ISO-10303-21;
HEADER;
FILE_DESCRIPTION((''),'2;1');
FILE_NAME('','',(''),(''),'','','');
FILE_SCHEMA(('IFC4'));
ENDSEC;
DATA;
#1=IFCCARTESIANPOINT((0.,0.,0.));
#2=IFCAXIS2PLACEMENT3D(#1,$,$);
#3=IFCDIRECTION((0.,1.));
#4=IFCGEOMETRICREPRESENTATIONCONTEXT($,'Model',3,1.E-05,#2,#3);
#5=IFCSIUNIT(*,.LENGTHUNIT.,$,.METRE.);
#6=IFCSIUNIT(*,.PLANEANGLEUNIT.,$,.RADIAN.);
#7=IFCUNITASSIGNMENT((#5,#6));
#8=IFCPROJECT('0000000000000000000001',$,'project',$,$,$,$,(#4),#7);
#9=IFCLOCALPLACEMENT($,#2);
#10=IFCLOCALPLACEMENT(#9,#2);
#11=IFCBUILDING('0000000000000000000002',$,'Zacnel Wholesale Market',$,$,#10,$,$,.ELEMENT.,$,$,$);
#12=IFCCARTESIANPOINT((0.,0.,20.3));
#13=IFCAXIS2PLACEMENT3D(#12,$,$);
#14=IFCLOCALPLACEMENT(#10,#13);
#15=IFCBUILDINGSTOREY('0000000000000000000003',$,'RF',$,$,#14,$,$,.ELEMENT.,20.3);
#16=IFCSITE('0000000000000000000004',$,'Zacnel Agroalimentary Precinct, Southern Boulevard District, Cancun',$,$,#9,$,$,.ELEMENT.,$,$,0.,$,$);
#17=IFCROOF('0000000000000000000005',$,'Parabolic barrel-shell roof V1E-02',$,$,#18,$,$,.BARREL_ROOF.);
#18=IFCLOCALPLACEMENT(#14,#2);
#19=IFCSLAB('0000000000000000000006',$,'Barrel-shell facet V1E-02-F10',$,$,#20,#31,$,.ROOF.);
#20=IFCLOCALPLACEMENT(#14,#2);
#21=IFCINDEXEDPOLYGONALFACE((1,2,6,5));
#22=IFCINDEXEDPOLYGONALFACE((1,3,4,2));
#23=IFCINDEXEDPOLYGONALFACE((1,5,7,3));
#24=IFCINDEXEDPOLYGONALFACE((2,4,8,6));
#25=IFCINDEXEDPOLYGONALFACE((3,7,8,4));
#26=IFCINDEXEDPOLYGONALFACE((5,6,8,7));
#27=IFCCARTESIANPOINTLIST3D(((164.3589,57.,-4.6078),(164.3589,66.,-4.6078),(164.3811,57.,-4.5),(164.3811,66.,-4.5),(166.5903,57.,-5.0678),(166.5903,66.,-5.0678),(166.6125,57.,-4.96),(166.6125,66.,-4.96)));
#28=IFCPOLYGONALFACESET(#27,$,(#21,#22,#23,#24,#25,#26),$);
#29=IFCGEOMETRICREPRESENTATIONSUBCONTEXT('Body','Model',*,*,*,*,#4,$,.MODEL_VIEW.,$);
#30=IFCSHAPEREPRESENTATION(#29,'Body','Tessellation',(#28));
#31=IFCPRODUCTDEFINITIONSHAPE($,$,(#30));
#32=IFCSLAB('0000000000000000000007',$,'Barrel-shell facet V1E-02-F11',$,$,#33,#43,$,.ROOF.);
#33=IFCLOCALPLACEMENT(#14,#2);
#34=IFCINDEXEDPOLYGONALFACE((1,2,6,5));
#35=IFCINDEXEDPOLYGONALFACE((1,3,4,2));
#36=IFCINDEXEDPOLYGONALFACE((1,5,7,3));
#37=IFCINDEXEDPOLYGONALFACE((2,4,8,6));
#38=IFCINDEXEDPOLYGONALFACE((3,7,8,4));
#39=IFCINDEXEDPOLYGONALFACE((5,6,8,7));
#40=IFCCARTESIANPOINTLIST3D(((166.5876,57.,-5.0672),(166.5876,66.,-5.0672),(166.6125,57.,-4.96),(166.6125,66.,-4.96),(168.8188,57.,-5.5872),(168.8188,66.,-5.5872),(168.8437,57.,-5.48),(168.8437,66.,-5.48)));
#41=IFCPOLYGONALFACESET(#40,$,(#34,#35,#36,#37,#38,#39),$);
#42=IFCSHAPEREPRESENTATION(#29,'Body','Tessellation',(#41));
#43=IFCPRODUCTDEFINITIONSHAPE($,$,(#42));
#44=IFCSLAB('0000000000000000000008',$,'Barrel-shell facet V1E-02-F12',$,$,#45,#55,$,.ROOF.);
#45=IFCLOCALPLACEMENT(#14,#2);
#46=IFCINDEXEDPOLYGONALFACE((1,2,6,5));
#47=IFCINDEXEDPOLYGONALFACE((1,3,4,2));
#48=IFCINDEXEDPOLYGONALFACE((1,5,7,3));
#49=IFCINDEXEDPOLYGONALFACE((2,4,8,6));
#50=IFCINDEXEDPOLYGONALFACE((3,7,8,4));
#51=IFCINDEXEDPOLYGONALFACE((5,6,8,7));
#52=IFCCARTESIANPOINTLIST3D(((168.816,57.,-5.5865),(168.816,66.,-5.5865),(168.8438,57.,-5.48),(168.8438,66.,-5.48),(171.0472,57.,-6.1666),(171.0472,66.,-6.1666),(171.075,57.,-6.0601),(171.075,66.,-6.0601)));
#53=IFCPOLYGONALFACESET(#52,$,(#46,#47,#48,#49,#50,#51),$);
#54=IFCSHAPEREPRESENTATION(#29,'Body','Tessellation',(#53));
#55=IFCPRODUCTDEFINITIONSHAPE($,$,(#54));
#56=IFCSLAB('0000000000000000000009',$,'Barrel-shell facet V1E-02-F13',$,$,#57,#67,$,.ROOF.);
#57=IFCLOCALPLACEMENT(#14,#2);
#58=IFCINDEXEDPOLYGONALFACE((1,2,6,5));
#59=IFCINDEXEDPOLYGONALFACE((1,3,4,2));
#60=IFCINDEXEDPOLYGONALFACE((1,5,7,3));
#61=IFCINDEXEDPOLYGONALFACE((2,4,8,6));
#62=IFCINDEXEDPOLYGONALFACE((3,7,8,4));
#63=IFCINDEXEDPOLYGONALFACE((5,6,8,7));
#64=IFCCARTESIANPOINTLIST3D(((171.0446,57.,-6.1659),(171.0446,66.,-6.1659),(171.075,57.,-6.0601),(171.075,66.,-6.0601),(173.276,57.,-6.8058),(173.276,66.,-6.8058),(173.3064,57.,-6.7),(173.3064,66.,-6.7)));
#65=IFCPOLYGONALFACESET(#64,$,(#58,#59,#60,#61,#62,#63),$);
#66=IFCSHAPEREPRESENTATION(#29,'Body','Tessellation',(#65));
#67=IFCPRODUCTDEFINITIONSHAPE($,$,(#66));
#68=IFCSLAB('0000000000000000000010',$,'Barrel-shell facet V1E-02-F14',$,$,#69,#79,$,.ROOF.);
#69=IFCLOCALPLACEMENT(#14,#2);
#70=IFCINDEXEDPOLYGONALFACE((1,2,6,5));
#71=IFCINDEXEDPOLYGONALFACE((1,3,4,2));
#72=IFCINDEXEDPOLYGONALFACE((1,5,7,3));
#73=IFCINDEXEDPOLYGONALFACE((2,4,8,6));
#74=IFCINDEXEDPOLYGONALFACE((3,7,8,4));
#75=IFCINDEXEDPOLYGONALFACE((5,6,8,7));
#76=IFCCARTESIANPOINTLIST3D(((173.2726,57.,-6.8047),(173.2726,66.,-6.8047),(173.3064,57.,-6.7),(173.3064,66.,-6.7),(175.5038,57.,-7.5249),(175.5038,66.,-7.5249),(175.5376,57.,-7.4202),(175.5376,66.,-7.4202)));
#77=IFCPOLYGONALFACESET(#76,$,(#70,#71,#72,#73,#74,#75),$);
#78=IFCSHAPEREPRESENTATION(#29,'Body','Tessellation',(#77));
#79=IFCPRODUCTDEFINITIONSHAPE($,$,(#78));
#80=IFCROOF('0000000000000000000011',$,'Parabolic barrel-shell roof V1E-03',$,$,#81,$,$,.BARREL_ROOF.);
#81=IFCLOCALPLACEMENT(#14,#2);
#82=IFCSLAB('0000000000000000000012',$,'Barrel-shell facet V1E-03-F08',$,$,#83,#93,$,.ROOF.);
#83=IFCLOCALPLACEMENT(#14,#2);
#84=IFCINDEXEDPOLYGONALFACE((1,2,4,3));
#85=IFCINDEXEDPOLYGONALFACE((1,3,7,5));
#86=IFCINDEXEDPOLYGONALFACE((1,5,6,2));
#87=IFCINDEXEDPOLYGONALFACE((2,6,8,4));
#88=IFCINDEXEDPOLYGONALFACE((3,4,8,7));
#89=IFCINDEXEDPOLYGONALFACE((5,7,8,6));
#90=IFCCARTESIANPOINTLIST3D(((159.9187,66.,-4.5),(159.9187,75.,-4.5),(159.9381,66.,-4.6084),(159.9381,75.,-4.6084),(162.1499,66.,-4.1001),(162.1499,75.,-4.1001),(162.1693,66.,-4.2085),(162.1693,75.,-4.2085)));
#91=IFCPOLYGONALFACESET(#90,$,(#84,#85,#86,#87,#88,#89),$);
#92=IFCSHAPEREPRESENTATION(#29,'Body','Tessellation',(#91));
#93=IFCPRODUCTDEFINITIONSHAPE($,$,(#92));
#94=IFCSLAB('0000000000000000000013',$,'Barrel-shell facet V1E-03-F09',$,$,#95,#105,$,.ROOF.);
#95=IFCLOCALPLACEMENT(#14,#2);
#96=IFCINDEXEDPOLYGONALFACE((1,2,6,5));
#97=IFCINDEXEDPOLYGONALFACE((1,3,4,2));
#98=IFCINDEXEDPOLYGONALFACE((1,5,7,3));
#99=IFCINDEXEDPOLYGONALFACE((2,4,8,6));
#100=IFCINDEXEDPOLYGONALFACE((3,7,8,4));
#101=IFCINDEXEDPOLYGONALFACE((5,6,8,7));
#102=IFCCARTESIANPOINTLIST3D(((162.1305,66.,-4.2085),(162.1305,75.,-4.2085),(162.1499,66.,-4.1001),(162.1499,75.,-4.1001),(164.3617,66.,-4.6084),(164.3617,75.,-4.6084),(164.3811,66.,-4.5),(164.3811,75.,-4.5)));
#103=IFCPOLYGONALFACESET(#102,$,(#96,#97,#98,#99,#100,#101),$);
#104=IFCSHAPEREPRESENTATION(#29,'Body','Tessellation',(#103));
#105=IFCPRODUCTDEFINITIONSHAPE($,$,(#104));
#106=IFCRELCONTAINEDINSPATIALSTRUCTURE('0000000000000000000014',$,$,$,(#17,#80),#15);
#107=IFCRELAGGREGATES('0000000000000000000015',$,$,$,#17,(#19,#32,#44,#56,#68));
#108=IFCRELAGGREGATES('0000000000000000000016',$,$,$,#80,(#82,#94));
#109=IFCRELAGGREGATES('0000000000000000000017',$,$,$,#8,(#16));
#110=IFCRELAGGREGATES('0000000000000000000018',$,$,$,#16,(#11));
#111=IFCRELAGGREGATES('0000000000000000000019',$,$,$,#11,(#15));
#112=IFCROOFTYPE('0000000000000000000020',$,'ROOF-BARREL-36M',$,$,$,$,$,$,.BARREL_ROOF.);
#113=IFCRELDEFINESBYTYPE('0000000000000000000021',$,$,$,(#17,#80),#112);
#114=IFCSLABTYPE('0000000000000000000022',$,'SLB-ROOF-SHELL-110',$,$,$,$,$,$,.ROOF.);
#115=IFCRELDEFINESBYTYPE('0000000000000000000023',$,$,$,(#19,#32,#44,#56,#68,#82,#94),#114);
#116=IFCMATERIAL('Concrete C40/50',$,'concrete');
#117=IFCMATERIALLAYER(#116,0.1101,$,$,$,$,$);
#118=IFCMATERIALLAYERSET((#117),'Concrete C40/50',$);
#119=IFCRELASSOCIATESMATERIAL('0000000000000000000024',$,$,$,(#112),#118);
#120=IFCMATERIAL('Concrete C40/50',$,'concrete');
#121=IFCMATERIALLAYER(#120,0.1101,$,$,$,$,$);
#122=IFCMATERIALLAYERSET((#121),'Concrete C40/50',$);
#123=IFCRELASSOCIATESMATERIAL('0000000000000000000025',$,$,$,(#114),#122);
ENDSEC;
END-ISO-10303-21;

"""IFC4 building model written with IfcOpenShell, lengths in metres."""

from ifc_helpers import new_model, si_unit, direction, frame, origin, place, context, subcontext, project, spatial, polyline, outline, extrude, material, layer, layer_set, type_object, element, aggregate, save


model = new_model("IFC4")

# Units and contexts
model_context = context("Model", 3, precision=1e-05, world=origin(), true_north=direction((0.0, 1.0)))
body_context = subcontext(model_context, "Body", "Model", "MODEL_VIEW")
ifc_project = project(units=[si_unit("LENGTHUNIT", "METRE"), si_unit("PLANEANGLEUNIT", "RADIAN")], contexts=[model_context])

# Site, building, storey
site_placement = place(None, origin())
site = spatial("IfcSite", under=ifc_project, at=site_placement, Name="Zacnel Agroalimentary Precinct, Southern Boulevard District, Cancun", CompositionType="ELEMENT", RefElevation=0.0)
building_placement = place(site_placement, origin())
building = spatial("IfcBuilding", under=site, at=building_placement, Name="Zacnel Wholesale Market", CompositionType="ELEMENT")
storey_placement = place(building_placement, frame((0.0, 0.0, 20.3)))
storey = spatial("IfcBuildingStorey", under=building, at=storey_placement, Name="RF", CompositionType="ELEMENT", Elevation=20.3)

# Roofs, slabs
ifc_material_1 = material(Name="Concrete C40/50", Category="concrete")
ifc_layer_1 = layer(ifc_material_1, 0.1101)
ifc_layer_set_1 = layer_set([ifc_layer_1], Name="Concrete C40/50")
roof_type = type_object("IfcRoofType", Name="ROOF-BARREL-36M", PredefinedType="BARREL_ROOF", material=ifc_layer_set_1)
roof_1_placement = place(storey_placement, origin())
roof_1 = element("IfcRoof", 1, at=roof_1_placement, inside=storey, type_object=roof_type, Name="Parabolic barrel-shell roof V1E-02", PredefinedType="BARREL_ROOF")
ifc_material_2 = material(Name="Concrete C40/50", Category="concrete")
ifc_layer_2 = layer(ifc_material_2, 0.1101)
ifc_layer_set_2 = layer_set([ifc_layer_2], Name="Concrete C40/50")
slab_type = type_object("IfcSlabType", Name="SLB-ROOF-SHELL-110", PredefinedType="ROOF", material=ifc_layer_set_2)
slab_1_placement = place(storey_placement, frame((164.3811, 57.0, -4.5), z_axis=(0.201883, 0.0, 0.97941), x_axis=(0.0, 1.0, 0.0)))
slab_1 = element("IfcSlab", 2, at=slab_1_placement, type_object=slab_type, Name="Barrel-shell facet V1E-02-F10", PredefinedType="ROOF", context=body_context, shape_type="SweptSolid", body=[
    extrude(outline(polyline([(0.0, 0.0), (9.0, 0.0), (9.0, -2.2784), (0.0, -2.2784), (0.0, 0.0)])), origin(), (0.0, 0.0, -1.0), 0.1101),
])
slab_2_placement = place(storey_placement, frame((166.6125, 57.0, -4.96), z_axis=(0.226984, 0.0, 0.973899), x_axis=(0.0, 1.0, 0.0)))
slab_2 = element("IfcSlab", 3, at=slab_2_placement, type_object=slab_type, Name="Barrel-shell facet V1E-02-F11", PredefinedType="ROOF", context=body_context, shape_type="SweptSolid", body=[
    extrude(outline(polyline([(0.0, 0.0), (9.0, 0.0), (9.0, -2.291), (0.0, -2.291), (0.0, 0.0)])), origin(), (0.0, 0.0, -1.0), 0.1101),
])
slab_3_placement = place(storey_placement, frame((168.8438, 57.0, -5.48), z_axis=(0.25162, 0.0, 0.967826), x_axis=(0.0, 1.0, 0.0)))
slab_3 = element("IfcSlab", 4, at=slab_3_placement, type_object=slab_type, Name="Barrel-shell facet V1E-02-F12", PredefinedType="ROOF", context=body_context, shape_type="SweptSolid", body=[
    extrude(outline(polyline([(0.0, 0.0), (9.0, 0.0), (9.0, -2.3054), (0.0, -2.3054), (0.0, 0.0)])), origin(), (0.0, 0.0, -1.0), 0.1101),
])
slab_4_placement = place(storey_placement, frame((171.075, 57.0, -6.0601), z_axis=(0.275652, 0.0, 0.961258), x_axis=(0.0, 1.0, 0.0)))
slab_4 = element("IfcSlab", 5, at=slab_4_placement, type_object=slab_type, Name="Barrel-shell facet V1E-02-F13", PredefinedType="ROOF", context=body_context, shape_type="SweptSolid", body=[
    extrude(outline(polyline([(0.0, 0.0), (9.0, 0.0), (9.0, -2.3214), (0.0, -2.3214), (0.0, 0.0)])), origin(), (0.0, 0.0, -1.0), 0.1101),
])
slab_5_placement = place(storey_placement, frame((173.3064, 57.0, -6.7), z_axis=(0.307185, 0.0, 0.95165), x_axis=(0.0, 1.0, 0.0)))
slab_5 = element("IfcSlab", 6, at=slab_5_placement, type_object=slab_type, Name="Barrel-shell facet V1E-02-F14", PredefinedType="ROOF", context=body_context, shape_type="SweptSolid", body=[
    extrude(outline(polyline([(0.0, 0.0), (9.0, 0.0), (9.0, -2.3446), (0.0, -2.3446), (0.0, 0.0)])), origin(), (0.0, 0.0, -1.0), 0.1101),
])
aggregate(roof_1, [slab_1, slab_2, slab_3, slab_4, slab_5])
roof_2_placement = place(storey_placement, origin())
roof_2 = element("IfcRoof", 7, at=roof_2_placement, inside=storey, type_object=roof_type, Name="Parabolic barrel-shell roof V1E-03", PredefinedType="BARREL_ROOF")
slab_6_placement = place(storey_placement, frame((159.9187, 66.0, -4.5), z_axis=(-0.176421, 0.0, 0.984315), x_axis=(0.0, 1.0, 0.0)))
slab_6 = element("IfcSlab", 8, at=slab_6_placement, type_object=slab_type, Name="Barrel-shell facet V1E-03-F08", PredefinedType="ROOF", context=body_context, shape_type="SweptSolid", body=[
    extrude(outline(polyline([(0.0, 0.0), (9.0, 0.0), (9.0, -2.2668), (0.0, -2.2668), (0.0, 0.0)])), origin(), (0.0, 0.0, -1.0), 0.1101),
])
slab_7_placement = place(storey_placement, frame((162.1499, 66.0, -4.1001), z_axis=(0.176421, 0.0, 0.984315), x_axis=(0.0, 1.0, 0.0)))
slab_7 = element("IfcSlab", 9, at=slab_7_placement, type_object=slab_type, Name="Barrel-shell facet V1E-03-F09", PredefinedType="ROOF", context=body_context, shape_type="SweptSolid", body=[
    extrude(outline(polyline([(0.0, 0.0), (9.0, 0.0), (9.0, -2.2668), (0.0, -2.2668), (0.0, 0.0)])), origin(), (0.0, 0.0, -1.0), 0.1101),
])
aggregate(roof_2, [slab_6, slab_7])

save(model, "model.ifc")
